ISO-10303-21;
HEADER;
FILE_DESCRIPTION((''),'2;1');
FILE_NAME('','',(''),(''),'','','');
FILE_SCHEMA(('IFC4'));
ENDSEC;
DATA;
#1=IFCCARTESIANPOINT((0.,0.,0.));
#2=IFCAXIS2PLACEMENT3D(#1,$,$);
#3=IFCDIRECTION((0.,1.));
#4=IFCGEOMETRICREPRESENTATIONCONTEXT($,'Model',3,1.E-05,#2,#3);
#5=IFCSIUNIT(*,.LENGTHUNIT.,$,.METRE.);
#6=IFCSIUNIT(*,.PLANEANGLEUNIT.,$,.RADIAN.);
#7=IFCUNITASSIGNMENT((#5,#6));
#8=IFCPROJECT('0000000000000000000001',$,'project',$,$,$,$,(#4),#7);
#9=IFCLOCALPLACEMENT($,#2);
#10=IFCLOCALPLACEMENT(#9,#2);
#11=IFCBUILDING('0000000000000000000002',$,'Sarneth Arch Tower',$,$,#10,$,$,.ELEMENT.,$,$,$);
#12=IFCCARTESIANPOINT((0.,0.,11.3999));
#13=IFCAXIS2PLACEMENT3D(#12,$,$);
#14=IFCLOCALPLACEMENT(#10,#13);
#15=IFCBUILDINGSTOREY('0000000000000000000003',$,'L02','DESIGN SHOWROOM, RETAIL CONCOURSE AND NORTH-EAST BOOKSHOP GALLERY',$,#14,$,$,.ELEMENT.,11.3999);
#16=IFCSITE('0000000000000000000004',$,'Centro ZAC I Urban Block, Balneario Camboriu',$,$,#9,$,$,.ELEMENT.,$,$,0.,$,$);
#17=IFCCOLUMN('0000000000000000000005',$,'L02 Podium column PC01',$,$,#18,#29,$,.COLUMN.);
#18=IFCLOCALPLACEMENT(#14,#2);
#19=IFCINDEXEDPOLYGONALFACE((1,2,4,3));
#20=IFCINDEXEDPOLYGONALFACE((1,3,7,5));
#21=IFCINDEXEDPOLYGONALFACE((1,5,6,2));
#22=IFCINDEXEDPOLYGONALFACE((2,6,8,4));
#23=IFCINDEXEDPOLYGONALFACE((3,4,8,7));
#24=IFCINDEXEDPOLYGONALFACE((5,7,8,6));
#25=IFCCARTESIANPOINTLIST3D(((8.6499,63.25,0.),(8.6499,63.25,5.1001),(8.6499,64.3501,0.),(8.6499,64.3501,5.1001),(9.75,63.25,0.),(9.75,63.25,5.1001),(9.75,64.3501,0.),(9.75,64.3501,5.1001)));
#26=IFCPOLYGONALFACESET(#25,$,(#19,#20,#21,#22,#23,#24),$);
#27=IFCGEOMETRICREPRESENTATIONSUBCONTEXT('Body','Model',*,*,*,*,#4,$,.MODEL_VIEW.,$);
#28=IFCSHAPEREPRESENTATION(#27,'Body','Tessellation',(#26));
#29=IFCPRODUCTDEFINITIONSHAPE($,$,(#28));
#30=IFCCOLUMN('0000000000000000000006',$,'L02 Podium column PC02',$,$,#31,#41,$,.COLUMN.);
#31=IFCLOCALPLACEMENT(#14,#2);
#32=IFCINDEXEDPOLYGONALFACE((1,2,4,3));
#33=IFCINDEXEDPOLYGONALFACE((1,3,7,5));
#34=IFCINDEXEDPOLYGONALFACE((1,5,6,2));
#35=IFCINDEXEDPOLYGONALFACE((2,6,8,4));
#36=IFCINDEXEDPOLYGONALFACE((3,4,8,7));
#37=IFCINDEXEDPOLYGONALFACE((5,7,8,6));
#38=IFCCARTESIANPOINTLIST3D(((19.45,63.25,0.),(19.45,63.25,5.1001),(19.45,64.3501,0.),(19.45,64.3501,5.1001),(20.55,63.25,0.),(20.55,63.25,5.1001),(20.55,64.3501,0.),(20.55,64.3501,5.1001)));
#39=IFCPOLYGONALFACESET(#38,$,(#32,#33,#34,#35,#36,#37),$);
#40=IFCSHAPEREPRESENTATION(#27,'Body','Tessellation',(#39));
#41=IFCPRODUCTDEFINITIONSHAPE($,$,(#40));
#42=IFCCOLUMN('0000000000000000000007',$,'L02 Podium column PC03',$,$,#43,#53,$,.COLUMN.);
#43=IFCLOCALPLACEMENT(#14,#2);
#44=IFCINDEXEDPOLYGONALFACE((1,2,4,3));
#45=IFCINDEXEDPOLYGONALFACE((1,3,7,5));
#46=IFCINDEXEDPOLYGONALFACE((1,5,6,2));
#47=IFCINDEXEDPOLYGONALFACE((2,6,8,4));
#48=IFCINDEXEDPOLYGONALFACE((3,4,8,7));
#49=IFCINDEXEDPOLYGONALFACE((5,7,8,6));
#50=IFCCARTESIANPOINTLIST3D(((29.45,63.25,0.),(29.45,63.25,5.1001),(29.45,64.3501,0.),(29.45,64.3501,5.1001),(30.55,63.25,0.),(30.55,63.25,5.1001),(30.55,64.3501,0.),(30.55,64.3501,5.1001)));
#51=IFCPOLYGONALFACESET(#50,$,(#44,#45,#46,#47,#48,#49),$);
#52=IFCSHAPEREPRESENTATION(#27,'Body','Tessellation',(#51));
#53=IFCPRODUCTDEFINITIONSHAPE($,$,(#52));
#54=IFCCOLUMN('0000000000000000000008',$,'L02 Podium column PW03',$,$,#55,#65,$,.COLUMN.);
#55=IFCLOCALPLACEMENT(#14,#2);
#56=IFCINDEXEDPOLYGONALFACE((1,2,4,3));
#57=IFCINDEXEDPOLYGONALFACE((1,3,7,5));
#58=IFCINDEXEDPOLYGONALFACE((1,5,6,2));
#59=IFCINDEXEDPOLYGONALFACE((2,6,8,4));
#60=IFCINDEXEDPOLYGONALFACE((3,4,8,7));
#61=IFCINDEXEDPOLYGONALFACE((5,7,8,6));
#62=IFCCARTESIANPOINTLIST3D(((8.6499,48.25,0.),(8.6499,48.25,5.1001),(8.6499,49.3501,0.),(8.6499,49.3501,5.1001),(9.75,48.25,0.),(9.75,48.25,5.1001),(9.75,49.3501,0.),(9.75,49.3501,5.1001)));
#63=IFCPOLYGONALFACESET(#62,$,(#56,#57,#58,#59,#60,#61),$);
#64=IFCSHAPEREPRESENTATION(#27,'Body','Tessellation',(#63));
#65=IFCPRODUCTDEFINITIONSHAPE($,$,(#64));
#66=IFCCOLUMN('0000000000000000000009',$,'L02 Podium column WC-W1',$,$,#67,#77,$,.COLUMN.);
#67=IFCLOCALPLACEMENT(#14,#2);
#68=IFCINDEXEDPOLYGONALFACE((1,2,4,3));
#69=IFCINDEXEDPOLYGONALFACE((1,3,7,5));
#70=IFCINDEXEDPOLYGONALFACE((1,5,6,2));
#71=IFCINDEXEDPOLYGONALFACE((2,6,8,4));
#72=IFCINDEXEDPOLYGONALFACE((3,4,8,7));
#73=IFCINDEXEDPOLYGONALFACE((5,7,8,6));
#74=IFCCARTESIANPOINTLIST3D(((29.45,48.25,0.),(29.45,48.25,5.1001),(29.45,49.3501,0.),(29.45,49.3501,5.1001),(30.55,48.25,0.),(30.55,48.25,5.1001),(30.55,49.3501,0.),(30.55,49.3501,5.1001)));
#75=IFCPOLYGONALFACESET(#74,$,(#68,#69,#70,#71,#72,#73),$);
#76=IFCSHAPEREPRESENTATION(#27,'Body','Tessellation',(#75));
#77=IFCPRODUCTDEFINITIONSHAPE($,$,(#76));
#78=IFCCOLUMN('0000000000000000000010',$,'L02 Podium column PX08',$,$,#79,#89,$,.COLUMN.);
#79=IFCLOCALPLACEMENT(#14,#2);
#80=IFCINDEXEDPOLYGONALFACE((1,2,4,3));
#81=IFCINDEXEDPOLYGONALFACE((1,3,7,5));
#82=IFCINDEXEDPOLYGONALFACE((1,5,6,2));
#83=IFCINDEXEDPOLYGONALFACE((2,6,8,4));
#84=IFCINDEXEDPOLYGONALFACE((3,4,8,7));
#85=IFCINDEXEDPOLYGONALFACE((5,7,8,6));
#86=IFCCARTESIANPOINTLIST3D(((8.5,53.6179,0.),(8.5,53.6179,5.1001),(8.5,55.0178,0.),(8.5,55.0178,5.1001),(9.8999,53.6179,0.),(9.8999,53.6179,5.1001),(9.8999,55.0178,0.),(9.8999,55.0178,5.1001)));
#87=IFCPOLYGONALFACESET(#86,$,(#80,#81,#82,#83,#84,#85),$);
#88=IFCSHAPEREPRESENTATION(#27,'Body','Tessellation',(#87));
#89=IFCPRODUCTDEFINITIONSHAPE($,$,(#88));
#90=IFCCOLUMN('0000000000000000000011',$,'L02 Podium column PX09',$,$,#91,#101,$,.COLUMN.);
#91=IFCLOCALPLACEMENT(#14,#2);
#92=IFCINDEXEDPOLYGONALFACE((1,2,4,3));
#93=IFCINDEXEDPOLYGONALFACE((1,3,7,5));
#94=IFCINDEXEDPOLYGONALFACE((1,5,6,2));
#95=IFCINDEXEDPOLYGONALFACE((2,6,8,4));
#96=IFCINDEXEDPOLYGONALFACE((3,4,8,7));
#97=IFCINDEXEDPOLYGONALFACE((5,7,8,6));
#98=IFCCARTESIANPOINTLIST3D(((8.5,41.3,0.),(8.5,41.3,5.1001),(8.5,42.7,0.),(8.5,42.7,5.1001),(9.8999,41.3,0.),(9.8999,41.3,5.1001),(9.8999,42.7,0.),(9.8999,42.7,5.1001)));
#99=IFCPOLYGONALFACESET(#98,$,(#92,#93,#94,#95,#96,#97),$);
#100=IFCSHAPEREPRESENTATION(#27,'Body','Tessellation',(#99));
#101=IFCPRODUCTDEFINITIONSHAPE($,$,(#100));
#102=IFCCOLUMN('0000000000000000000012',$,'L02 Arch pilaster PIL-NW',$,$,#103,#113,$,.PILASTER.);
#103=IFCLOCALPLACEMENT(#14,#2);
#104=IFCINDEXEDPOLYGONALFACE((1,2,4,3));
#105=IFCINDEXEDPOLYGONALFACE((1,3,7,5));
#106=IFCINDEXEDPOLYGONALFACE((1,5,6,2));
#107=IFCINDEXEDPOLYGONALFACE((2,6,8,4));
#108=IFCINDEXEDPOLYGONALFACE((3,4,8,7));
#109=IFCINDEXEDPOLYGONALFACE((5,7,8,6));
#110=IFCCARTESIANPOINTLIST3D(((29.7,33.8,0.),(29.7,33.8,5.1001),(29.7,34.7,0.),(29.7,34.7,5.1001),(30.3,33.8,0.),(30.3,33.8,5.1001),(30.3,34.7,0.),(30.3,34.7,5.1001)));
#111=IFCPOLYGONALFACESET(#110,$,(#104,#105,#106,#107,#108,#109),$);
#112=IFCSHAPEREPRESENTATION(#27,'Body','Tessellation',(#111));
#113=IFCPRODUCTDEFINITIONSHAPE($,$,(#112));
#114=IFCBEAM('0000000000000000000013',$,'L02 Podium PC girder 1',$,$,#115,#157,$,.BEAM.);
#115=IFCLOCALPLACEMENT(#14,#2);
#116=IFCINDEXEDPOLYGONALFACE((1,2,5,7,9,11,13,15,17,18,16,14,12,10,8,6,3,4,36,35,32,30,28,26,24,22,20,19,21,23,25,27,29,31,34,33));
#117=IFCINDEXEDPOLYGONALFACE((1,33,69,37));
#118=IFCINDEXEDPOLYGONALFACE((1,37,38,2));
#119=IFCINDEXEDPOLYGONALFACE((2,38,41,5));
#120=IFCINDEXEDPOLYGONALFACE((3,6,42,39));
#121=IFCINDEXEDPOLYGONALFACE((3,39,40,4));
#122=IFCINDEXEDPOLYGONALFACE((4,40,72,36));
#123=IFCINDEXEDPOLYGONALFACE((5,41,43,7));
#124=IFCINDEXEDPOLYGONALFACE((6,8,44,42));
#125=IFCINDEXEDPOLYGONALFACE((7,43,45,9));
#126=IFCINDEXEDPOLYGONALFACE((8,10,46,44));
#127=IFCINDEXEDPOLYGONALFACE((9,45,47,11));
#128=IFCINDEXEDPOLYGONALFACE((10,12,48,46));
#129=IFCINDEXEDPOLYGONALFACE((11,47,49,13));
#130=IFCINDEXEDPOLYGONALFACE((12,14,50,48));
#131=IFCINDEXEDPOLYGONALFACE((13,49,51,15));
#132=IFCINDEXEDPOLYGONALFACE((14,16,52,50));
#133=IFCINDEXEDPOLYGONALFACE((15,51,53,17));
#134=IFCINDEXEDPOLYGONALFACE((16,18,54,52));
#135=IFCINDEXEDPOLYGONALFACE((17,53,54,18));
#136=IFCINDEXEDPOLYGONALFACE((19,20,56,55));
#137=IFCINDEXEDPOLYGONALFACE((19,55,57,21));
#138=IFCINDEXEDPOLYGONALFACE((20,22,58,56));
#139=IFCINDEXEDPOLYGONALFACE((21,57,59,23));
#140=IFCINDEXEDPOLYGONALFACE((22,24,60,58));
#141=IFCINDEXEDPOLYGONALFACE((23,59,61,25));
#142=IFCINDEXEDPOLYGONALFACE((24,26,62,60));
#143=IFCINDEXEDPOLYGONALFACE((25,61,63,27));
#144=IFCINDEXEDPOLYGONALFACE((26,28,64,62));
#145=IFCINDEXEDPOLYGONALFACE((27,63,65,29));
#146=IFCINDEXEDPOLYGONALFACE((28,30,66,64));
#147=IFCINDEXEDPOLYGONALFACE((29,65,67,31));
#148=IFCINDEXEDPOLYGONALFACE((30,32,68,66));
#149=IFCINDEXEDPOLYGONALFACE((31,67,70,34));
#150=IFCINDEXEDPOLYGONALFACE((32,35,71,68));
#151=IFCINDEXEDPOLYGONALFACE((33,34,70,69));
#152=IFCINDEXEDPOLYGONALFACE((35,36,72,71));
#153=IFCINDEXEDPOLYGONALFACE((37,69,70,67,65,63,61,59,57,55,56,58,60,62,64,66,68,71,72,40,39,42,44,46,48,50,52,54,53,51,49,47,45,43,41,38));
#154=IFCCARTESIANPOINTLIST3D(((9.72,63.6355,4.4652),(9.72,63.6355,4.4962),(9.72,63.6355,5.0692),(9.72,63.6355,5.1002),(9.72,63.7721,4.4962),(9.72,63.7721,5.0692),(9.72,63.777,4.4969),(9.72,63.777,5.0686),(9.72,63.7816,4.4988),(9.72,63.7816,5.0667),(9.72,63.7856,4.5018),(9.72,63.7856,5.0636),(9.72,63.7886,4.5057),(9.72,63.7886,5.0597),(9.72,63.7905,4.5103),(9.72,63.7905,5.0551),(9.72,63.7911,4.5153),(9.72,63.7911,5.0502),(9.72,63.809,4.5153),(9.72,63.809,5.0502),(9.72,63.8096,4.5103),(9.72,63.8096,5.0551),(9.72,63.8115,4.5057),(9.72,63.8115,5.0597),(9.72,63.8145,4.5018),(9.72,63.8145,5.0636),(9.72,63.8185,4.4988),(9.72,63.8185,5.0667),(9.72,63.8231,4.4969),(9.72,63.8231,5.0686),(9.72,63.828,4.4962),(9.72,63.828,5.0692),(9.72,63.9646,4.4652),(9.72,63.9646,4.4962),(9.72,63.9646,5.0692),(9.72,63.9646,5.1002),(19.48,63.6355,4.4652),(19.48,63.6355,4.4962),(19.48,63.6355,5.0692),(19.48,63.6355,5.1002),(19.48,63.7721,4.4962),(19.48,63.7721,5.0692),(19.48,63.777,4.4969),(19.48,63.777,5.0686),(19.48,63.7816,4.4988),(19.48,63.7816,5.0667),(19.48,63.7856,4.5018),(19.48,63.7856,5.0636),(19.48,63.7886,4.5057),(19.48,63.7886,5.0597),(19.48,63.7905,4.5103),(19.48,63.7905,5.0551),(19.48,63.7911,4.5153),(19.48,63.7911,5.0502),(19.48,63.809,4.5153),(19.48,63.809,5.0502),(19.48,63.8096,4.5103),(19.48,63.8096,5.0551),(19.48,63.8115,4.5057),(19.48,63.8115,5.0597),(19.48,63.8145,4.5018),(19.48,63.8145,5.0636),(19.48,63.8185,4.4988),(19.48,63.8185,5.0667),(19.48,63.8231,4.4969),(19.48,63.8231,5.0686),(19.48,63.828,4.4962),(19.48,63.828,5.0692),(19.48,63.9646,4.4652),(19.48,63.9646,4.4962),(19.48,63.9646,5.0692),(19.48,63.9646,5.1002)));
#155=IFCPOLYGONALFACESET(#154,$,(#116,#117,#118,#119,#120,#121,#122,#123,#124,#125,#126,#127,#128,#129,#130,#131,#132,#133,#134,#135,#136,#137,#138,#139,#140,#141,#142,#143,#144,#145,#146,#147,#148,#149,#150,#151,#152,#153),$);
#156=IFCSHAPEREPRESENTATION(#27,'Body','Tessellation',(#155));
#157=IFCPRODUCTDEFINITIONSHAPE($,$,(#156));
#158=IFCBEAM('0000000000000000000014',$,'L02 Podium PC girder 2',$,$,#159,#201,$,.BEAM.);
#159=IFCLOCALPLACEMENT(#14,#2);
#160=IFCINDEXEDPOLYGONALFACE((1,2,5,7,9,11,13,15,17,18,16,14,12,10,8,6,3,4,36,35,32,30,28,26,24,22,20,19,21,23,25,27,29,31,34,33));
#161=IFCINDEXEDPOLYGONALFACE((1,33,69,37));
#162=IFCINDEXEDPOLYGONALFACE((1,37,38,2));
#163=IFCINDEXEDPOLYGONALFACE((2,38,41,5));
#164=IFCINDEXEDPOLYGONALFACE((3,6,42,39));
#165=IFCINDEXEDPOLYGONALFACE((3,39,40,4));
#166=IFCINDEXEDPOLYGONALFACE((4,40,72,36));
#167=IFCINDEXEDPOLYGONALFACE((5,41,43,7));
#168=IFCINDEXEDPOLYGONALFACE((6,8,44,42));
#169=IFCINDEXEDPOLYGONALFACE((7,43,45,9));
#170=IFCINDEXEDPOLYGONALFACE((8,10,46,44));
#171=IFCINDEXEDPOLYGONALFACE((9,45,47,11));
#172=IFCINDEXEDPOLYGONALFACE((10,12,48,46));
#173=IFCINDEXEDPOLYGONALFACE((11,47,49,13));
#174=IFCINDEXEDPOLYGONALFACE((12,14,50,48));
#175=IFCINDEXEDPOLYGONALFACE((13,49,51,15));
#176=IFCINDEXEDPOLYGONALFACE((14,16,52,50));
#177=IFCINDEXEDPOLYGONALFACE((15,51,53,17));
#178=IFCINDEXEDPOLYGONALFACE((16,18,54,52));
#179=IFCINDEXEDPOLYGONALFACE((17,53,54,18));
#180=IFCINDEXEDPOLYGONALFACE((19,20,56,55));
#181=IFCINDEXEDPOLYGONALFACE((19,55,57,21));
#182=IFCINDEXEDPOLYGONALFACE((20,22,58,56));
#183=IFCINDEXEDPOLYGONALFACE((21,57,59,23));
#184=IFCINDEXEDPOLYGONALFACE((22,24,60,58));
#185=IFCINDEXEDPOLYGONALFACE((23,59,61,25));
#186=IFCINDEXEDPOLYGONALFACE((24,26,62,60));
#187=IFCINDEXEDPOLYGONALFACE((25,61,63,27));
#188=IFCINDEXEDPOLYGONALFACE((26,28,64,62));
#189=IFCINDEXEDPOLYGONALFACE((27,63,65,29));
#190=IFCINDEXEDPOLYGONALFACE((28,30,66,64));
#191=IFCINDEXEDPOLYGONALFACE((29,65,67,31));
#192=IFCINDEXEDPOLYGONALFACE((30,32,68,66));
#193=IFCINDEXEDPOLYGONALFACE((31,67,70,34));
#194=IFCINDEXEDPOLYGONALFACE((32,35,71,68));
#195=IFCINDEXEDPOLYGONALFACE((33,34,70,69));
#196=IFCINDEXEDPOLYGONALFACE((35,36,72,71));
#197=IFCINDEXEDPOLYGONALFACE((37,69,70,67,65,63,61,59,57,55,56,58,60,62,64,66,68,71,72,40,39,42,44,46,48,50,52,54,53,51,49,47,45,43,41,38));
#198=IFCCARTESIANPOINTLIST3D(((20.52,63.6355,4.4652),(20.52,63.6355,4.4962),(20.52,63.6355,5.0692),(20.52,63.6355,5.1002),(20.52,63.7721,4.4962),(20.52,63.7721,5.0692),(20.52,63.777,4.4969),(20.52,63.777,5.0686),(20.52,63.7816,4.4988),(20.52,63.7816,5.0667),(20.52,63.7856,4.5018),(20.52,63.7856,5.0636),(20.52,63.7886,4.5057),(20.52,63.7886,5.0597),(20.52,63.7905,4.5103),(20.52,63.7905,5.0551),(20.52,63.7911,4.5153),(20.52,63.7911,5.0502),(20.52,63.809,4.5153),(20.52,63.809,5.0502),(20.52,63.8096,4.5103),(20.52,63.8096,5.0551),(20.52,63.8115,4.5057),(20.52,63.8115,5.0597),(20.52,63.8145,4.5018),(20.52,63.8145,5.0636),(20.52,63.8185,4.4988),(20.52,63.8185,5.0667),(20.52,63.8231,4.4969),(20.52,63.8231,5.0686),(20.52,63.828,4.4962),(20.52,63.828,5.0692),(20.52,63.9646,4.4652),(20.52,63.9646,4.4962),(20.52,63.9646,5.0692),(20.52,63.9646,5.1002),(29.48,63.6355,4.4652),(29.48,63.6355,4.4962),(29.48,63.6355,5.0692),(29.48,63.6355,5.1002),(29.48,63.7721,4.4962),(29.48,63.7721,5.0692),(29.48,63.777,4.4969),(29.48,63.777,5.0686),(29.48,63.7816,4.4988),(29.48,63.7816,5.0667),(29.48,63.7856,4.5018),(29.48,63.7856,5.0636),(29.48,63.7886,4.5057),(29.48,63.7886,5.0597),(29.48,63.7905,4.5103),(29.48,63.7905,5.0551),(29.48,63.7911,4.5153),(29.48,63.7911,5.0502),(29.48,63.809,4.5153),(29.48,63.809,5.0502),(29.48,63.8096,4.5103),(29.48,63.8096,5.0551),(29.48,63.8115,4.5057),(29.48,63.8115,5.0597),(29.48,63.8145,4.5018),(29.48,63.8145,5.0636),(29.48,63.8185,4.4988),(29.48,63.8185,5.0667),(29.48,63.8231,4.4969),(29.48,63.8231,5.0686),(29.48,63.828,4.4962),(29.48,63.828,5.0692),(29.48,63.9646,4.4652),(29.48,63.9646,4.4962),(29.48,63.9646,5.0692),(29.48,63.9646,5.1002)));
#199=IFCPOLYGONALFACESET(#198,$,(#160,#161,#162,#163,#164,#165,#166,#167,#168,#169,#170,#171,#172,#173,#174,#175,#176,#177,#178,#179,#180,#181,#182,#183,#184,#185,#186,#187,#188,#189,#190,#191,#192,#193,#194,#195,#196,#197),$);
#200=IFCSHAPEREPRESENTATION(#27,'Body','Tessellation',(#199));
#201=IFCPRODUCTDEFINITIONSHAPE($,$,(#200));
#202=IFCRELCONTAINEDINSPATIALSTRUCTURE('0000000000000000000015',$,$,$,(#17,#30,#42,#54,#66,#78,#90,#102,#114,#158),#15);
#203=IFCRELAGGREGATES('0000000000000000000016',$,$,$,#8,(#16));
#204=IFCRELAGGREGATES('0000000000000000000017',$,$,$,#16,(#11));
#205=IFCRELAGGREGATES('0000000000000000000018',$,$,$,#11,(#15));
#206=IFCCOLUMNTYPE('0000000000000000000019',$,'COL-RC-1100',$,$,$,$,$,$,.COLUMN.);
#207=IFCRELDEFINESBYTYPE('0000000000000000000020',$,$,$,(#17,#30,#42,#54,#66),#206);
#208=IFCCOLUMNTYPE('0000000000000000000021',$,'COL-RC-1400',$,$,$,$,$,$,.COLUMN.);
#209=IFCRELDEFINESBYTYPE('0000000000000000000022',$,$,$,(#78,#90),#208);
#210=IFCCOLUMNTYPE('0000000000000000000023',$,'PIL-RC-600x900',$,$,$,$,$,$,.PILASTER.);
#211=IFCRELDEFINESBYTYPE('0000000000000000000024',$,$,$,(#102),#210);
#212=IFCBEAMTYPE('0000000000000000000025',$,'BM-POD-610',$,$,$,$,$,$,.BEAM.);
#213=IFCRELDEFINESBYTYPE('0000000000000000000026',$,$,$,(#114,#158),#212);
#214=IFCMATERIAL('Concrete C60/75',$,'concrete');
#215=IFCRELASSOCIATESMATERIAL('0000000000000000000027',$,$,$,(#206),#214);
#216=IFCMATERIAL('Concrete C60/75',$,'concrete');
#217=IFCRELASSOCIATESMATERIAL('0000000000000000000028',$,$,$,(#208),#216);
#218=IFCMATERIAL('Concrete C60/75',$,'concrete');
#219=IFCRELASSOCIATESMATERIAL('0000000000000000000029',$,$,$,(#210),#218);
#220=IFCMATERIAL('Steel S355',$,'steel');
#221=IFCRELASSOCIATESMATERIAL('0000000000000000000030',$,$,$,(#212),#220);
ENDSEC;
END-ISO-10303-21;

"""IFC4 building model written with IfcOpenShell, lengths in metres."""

from ifc_helpers import new_model, si_unit, direction, frame, origin, origin_2d, place, context, subcontext, project, spatial, rectangle, i_section, extrude, material, material_profile, profile_set, type_object, element, save


model = new_model("IFC4")

# Units and contexts
model_context = context("Model", 3, precision=1e-05, world=origin(), true_north=direction((0.0, 1.0)))
body_context = subcontext(model_context, "Body", "Model", "MODEL_VIEW")
ifc_project = project(units=[si_unit("LENGTHUNIT", "METRE"), si_unit("PLANEANGLEUNIT", "RADIAN")], contexts=[model_context])

# Site, building, storey
site_placement = place(None, origin())
site = spatial("IfcSite", under=ifc_project, at=site_placement, Name="Centro ZAC I Urban Block, Balneario Camboriu", CompositionType="ELEMENT", RefElevation=0.0)
building_placement = place(site_placement, origin())
building = spatial("IfcBuilding", under=site, at=building_placement, Name="Sarneth Arch Tower", CompositionType="ELEMENT")
storey_placement = place(building_placement, frame((0.0, 0.0, 11.3999)))
storey = spatial("IfcBuildingStorey", under=building, at=storey_placement, Name="L02", Description="DESIGN SHOWROOM, RETAIL CONCOURSE AND NORTH-EAST BOOKSHOP GALLERY", CompositionType="ELEMENT", Elevation=11.3999)

# Columns
ifc_material_1 = material(Name="Concrete C60/75", Category="concrete")
ifc_material_profile_1 = material_profile(ifc_material_1, rectangle(XDim=1.1001, YDim=1.1001, at=origin_2d()), Name="RC-1100x1100")
ifc_profile_set_1 = profile_set([ifc_material_profile_1], Name="Concrete C60/75")
column_type_1 = type_object("IfcColumnType", Name="COL-RC-1100", PredefinedType="COLUMN", material=ifc_profile_set_1)
for number, where, z_axis, x_axis, name in (
    (1, (9.2, 63.8, 0.0), (0.0, 0.0, 1.0), (1.0, 0.0, 0.0), "L02 Podium column PC01"),
    (2, (20.0, 63.8, 0.0), (0.0, 0.0, 1.0), (1.0, 0.0, 0.0), "L02 Podium column PC02"),
    (3, (30.0, 63.8, 0.0), (0.0, 0.0, 1.0), (1.0, 0.0, 0.0), "L02 Podium column PC03"),
    (4, (9.2, 48.8, 0.0), (0.0, 0.0, 1.0), (1.0, 0.0, 0.0), "L02 Podium column PW03"),
    (5, (30.0, 48.8, 0.0), (0.0, 0.0, 1.0), (1.0, 0.0, 0.0), "L02 Podium column WC-W1"),
):
    element("IfcColumn", number, at=place(storey_placement, frame(where, z_axis=z_axis, x_axis=x_axis)), inside=storey, type_object=column_type_1, Name=name, PredefinedType="COLUMN", context=body_context, shape_type="SweptSolid", body=[
        extrude(rectangle(XDim=1.1001, YDim=1.1001, at=origin_2d()), origin(), (0.0, 0.0, 1.0), 5.1001),
    ])
ifc_material_2 = material(Name="Concrete C60/75", Category="concrete")
ifc_material_profile_2 = material_profile(ifc_material_2, rectangle(XDim=1.3999, YDim=1.3999, at=origin_2d()), Name="RC-1400x1400")
ifc_profile_set_2 = profile_set([ifc_material_profile_2], Name="Concrete C60/75")
column_type_2 = type_object("IfcColumnType", Name="COL-RC-1400", PredefinedType="COLUMN", material=ifc_profile_set_2)
for number, where, z_axis, x_axis, name in (
    (6, (9.2, 54.3179, 0.0), (0.0, 0.0, 1.0), (1.0, 0.0, 0.0), "L02 Podium column PX08"),
    (7, (9.2, 42.0, 0.0), (0.0, 0.0, 1.0), (1.0, 0.0, 0.0), "L02 Podium column PX09"),
):
    element("IfcColumn", number, at=place(storey_placement, frame(where, z_axis=z_axis, x_axis=x_axis)), inside=storey, type_object=column_type_2, Name=name, PredefinedType="COLUMN", context=body_context, shape_type="SweptSolid", body=[
        extrude(rectangle(XDim=1.3999, YDim=1.3999, at=origin_2d()), origin(), (0.0, 0.0, 1.0), 5.1001),
    ])
ifc_material_3 = material(Name="Concrete C60/75", Category="concrete")
ifc_material_profile_3 = material_profile(ifc_material_3, rectangle(XDim=0.6001, YDim=0.8999, at=origin_2d()), Name="RC-600x900")
ifc_profile_set_3 = profile_set([ifc_material_profile_3], Name="Concrete C60/75")
column_type_3 = type_object("IfcColumnType", Name="PIL-RC-600x900", PredefinedType="PILASTER", material=ifc_profile_set_3)
column_placement = place(storey_placement, frame((30.0, 34.25, 0.0), z_axis=(0.0, 0.0, 1.0), x_axis=(1.0, 0.0, 0.0)))
element("IfcColumn", 8, at=column_placement, inside=storey, type_object=column_type_3, Name="L02 Arch pilaster PIL-NW", PredefinedType="PILASTER", context=body_context, shape_type="SweptSolid", body=[
    extrude(rectangle(XDim=0.6001, YDim=0.8999, at=origin_2d()), origin(), (0.0, 0.0, 1.0), 5.1001),
])

# Beams
ifc_material_4 = material(Name="Steel S355", Category="steel")
ifc_material_profile_4 = material_profile(ifc_material_4, i_section(OverallWidth=0.3291, OverallDepth=0.635, WebThickness=0.0178, FlangeThickness=0.031, FilletRadius=0.019, at=origin_2d()), Name="W610x241")
ifc_profile_set_4 = profile_set([ifc_material_profile_4], Name="Steel S355")
beam_type = type_object("IfcBeamType", Name="BM-POD-610", PredefinedType="BEAM", material=ifc_profile_set_4)
beam_1_placement = place(storey_placement, frame((9.72, 63.8, 4.7827), z_axis=(1.0, 0.0, 0.0), x_axis=(0.0, 1.0, 0.0)))
element("IfcBeam", 9, at=beam_1_placement, inside=storey, type_object=beam_type, Name="L02 Podium PC girder 1", PredefinedType="BEAM", context=body_context, shape_type="SweptSolid", body=[
    extrude(i_section(OverallWidth=0.3291, OverallDepth=0.635, WebThickness=0.0178, FlangeThickness=0.031, FilletRadius=0.019, at=origin_2d()), origin(), (0.0, 0.0, 1.0), 9.76),
])
beam_2_placement = place(storey_placement, frame((20.52, 63.8, 4.7827), z_axis=(1.0, 0.0, 0.0), x_axis=(0.0, 1.0, 0.0)))
element("IfcBeam", 10, at=beam_2_placement, inside=storey, type_object=beam_type, Name="L02 Podium PC girder 2", PredefinedType="BEAM", context=body_context, shape_type="SweptSolid", body=[
    extrude(i_section(OverallWidth=0.3291, OverallDepth=0.635, WebThickness=0.0178, FlangeThickness=0.031, FilletRadius=0.019, at=origin_2d()), origin(), (0.0, 0.0, 1.0), 8.96),
])

save(model, "model.ifc")
